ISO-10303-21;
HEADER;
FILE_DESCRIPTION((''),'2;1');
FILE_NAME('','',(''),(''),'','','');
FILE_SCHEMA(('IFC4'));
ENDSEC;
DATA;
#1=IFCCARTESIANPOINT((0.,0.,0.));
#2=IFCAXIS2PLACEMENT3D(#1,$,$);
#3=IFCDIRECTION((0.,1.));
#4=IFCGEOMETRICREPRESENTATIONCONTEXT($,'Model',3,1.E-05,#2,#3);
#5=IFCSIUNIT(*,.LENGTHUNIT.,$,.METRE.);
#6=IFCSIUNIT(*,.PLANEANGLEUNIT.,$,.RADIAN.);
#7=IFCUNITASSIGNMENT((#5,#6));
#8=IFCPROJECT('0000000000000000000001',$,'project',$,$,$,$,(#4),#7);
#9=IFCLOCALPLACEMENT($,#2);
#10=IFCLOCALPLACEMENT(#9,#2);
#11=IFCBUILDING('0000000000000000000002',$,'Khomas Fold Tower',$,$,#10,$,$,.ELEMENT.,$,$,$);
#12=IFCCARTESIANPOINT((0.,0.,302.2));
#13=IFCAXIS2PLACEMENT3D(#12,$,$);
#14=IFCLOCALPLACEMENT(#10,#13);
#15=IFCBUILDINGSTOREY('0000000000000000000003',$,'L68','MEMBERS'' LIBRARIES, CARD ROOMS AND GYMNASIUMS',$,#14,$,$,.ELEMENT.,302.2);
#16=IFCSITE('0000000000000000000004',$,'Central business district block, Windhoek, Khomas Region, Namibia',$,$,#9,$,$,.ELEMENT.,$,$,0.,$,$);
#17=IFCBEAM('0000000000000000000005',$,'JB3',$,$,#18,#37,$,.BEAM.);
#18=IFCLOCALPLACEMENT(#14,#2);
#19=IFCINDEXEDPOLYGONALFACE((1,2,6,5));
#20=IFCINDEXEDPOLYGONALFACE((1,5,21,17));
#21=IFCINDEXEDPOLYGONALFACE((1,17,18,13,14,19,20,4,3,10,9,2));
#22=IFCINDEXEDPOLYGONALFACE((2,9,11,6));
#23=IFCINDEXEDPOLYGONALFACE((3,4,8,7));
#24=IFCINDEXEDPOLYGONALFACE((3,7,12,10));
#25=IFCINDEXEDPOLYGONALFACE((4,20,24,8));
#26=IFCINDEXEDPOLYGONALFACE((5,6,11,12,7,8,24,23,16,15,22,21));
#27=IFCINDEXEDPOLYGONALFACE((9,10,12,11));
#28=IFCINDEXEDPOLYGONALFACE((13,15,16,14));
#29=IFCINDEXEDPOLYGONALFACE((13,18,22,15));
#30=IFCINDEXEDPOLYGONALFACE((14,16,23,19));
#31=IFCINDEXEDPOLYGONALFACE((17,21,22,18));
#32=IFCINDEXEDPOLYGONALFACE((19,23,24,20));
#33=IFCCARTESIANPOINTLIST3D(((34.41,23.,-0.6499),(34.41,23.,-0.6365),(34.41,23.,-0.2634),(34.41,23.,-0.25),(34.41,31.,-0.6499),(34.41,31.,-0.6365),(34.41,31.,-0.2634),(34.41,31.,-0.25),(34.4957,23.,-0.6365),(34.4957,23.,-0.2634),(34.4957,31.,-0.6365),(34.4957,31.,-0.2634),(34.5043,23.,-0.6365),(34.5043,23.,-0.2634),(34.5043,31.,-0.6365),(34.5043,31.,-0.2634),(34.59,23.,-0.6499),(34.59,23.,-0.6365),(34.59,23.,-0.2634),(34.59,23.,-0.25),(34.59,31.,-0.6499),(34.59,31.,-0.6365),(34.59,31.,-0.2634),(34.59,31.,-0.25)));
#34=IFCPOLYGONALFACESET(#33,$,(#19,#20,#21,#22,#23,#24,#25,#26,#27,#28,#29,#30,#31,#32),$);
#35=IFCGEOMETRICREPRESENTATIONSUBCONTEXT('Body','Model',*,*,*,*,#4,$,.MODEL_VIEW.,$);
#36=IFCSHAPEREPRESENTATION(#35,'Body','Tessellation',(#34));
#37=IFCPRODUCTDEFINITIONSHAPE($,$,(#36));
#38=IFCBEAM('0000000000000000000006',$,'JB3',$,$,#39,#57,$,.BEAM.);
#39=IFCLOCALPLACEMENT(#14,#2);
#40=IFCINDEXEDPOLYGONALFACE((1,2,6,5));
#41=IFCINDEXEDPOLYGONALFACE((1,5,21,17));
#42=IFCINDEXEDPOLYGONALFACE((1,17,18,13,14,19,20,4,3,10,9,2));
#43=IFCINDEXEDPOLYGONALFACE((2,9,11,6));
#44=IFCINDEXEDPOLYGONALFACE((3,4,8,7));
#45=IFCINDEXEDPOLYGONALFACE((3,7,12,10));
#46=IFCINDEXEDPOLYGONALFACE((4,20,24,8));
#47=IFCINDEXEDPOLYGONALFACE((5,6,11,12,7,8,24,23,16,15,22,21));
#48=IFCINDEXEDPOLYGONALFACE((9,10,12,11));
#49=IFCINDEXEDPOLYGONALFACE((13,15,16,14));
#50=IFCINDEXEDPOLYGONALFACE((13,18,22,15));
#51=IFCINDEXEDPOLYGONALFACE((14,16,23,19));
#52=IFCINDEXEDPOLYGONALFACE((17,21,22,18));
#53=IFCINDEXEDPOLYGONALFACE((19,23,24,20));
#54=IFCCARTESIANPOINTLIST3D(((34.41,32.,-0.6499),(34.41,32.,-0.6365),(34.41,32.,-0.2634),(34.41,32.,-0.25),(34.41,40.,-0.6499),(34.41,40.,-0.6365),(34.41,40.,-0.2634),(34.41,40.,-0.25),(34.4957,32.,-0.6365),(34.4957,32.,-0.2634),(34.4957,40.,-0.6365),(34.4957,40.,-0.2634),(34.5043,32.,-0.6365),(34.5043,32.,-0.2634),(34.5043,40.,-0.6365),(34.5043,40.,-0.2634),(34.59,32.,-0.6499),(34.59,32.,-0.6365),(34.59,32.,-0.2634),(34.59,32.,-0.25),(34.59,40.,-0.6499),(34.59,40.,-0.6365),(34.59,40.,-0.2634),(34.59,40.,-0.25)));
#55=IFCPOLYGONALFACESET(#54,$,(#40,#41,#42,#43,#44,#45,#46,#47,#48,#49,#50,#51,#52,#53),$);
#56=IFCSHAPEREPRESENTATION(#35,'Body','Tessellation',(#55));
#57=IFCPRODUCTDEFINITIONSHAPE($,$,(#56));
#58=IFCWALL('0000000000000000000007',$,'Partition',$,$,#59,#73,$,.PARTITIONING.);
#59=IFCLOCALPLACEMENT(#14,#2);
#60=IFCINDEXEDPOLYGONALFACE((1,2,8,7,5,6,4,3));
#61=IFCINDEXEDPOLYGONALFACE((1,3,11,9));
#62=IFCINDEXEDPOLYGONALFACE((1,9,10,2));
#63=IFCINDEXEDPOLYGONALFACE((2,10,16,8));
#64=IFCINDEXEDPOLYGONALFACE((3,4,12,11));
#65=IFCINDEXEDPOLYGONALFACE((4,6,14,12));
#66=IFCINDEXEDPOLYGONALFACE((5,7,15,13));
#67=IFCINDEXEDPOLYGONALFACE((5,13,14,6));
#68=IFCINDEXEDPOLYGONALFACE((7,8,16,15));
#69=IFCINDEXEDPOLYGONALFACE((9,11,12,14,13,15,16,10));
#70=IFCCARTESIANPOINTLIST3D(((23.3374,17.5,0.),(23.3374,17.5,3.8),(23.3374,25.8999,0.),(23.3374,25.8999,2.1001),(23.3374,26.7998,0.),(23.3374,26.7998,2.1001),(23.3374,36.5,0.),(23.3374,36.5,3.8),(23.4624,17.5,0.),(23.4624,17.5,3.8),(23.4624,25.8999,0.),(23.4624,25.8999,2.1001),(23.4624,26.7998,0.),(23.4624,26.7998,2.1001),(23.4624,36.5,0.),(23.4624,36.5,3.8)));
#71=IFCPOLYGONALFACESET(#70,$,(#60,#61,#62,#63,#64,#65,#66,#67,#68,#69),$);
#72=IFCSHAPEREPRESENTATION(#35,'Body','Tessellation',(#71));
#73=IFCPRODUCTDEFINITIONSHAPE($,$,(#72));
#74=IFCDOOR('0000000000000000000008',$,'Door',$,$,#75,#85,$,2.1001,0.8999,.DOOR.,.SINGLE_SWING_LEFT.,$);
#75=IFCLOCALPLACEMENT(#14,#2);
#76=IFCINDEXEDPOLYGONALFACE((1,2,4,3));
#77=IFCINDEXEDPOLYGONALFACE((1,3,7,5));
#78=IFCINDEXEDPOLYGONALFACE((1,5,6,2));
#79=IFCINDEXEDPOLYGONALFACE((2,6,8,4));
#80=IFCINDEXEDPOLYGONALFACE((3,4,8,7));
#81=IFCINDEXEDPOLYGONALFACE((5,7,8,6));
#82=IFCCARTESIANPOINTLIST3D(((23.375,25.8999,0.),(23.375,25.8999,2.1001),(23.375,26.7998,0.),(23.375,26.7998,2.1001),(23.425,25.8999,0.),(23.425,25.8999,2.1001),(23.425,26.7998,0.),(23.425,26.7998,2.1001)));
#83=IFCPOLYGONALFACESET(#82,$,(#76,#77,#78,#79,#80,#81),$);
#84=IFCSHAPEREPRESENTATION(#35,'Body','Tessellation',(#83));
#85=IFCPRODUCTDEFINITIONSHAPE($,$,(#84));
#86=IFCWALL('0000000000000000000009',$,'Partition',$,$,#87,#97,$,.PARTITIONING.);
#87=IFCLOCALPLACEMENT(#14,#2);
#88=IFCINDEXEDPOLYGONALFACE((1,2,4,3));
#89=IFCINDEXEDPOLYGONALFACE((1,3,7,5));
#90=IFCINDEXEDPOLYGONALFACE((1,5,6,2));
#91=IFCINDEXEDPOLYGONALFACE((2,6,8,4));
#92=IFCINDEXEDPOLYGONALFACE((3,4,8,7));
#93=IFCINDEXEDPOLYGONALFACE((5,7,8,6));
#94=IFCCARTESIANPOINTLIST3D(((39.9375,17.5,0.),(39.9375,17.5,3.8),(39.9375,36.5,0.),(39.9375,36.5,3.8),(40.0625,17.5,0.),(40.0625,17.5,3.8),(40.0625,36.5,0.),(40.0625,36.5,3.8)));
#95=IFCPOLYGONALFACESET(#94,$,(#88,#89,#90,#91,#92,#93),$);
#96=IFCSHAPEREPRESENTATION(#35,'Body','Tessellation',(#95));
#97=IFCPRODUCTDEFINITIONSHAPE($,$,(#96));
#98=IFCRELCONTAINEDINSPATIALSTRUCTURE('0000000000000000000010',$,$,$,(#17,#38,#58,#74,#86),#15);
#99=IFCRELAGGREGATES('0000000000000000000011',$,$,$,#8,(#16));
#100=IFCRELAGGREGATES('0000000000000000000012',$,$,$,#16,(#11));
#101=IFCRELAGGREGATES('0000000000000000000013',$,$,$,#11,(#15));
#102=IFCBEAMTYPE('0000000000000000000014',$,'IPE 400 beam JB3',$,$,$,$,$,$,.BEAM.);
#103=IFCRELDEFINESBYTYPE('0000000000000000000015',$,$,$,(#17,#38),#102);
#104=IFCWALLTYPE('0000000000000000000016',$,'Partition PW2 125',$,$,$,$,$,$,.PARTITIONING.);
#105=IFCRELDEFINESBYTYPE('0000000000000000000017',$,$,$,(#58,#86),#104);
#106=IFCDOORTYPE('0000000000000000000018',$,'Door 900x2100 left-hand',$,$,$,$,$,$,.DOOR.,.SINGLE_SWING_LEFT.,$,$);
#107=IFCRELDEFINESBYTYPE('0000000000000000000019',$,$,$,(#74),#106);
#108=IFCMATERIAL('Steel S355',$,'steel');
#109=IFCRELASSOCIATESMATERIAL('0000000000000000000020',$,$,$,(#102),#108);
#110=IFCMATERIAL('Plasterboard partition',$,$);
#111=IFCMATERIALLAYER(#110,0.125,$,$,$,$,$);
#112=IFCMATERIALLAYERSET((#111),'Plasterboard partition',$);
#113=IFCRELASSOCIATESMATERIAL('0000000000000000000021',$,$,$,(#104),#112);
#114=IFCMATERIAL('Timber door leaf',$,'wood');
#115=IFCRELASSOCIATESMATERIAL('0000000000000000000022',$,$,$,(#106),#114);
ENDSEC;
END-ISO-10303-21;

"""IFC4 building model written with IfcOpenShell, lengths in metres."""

from ifc_helpers import new_model, si_unit, direction, frame, frame_2d, origin, origin_2d, place, context, subcontext, project, spatial, rectangle, i_section, extrude, source, transform, mapped, material, layer, layer_set, material_profile, profile_set, type_object, element, fill, save


model = new_model("IFC4")

# Units and contexts
model_context = context("Model", 3, precision=1e-05, world=origin(), true_north=direction((0.0, 1.0)))
body_context = subcontext(model_context, "Body", "Model", "MODEL_VIEW")
ifc_project = project(units=[si_unit("LENGTHUNIT", "METRE"), si_unit("PLANEANGLEUNIT", "RADIAN")], contexts=[model_context])

# Site, building, storey
site_placement = place(None, origin())
site = spatial("IfcSite", under=ifc_project, at=site_placement, Name="Central business district block, Windhoek, Khomas Region, Namibia", CompositionType="ELEMENT", RefElevation=0.0)
building_placement = place(site_placement, origin())
building = spatial("IfcBuilding", under=site, at=building_placement, Name="Khomas Fold Tower", CompositionType="ELEMENT")
storey_placement = place(building_placement, frame((0.0, 0.0, 302.2)))
storey = spatial("IfcBuildingStorey", under=building, at=storey_placement, Name="L68", Description="MEMBERS' LIBRARIES, CARD ROOMS AND GYMNASIUMS", CompositionType="ELEMENT", Elevation=302.2)

# Beams
ifc_material_1 = material(Name="Steel S355", Category="steel")
ifc_material_profile_1 = material_profile(ifc_material_1, i_section(OverallWidth=0.1799, OverallDepth=0.3999, WebThickness=0.0085, FlangeThickness=0.0134, at=origin_2d()), Name="IPE 400")
ifc_profile_set_1 = profile_set([ifc_material_profile_1], Name="Steel S355")
beam_type_1 = type_object("IfcBeamType", Name="IPE 400 beam JB3", PredefinedType="BEAM", material=ifc_profile_set_1)
shared_shape_1 = source(origin(), body_context, "Body", "SweptSolid", [
    extrude(i_section(OverallWidth=0.1799, OverallDepth=0.3999, WebThickness=0.0085, FlangeThickness=0.0134, at=origin_2d()), origin(), (0.0, 0.0, 1.0), 8.0),
])
for number, where, z_axis, x_axis, name in (
    (1, (34.5, 23.0, -0.45), (0.0, 1.0, 0.0), (-1.0, 0.0, 0.0), "JB3"),
    (2, (34.5, 32.0, -0.45), (0.0, 1.0, 0.0), (-1.0, 0.0, 0.0), "JB3"),
):
    element("IfcBeam", number, at=place(storey_placement, frame(where, z_axis=z_axis, x_axis=x_axis)), inside=storey, type_object=beam_type_1, Name=name, PredefinedType="BEAM", context=body_context, shape_type="MappedRepresentation", body=[
        mapped(shared_shape_1, transform((0.0, 0.0, 0.0))),
    ])

# Wall, opening, door
ifc_material_2 = material(Name="Plasterboard partition")
ifc_layer_1 = layer(ifc_material_2, 0.125)
ifc_layer_set_1 = layer_set([ifc_layer_1], Name="Plasterboard partition")
wall_type_1 = type_object("IfcWallType", Name="Partition PW2 125", PredefinedType="PARTITIONING", material=ifc_layer_set_1)
shared_shape_2 = source(origin(), body_context, "Body", "SweptSolid", [
    extrude(rectangle(XDim=19.0, YDim=0.125, at=frame_2d((9.5, 0.0))), origin(), (0.0, 0.0, 1.0), 3.8),
])
wall_1_placement = place(storey_placement, frame((23.3999, 17.5, 0.0), z_axis=(0.0, 0.0, 1.0), x_axis=(0.0, 1.0, 0.0)))
wall_1 = element("IfcWall", 3, at=wall_1_placement, inside=storey, type_object=wall_type_1, Name="Partition", PredefinedType="PARTITIONING", context=body_context, shape_type="MappedRepresentation", body=[
    mapped(shared_shape_2, transform((0.0, 0.0, 0.0))),
])
shared_shape_3 = source(origin(), body_context, "Body", "SweptSolid", [
    extrude(rectangle(XDim=0.8999, YDim=2.1001, at=frame_2d((0.45, 1.05))), frame((0.0, 0.0725, 0.0), z_axis=(0.0, -1.0, 0.0), x_axis=(1.0, 0.0, 0.0)), (0.0, 0.0, 1.0), 0.145),
])
opening_1_placement = place(wall_1_placement, frame((8.3999, 0.0, 0.0)))
opening_1 = element("IfcOpeningElement", 4, at=opening_1_placement, cuts=wall_1, PredefinedType="OPENING", context=body_context, shape_type="MappedRepresentation", body=[
    mapped(shared_shape_3, transform((0.0, 0.0, 0.0))),
])
ifc_material_3 = material(Name="Timber door leaf", Category="wood")
door_type_1 = type_object("IfcDoorType", Name="Door 900x2100 left-hand", OperationType="SINGLE_SWING_LEFT", PredefinedType="DOOR", material=ifc_material_3)
shared_shape_4 = source(origin(), body_context, "Body", "SweptSolid", [
    extrude(rectangle(XDim=0.8999, YDim=2.1001, at=frame_2d((0.45, 1.05))), frame((0.0, 0.0249, 0.0), z_axis=(0.0, -1.0, 0.0), x_axis=(1.0, 0.0, 0.0)), (0.0, 0.0, 1.0), 0.05),
])
door_1_placement = place(opening_1_placement, origin())
door_1 = element("IfcDoor", 5, at=door_1_placement, inside=storey, type_object=door_type_1, Name="Door", OperationType="SINGLE_SWING_LEFT", OverallHeight=2.1001, OverallWidth=0.8999, PredefinedType="DOOR", context=body_context, shape_type="MappedRepresentation", body=[
    mapped(shared_shape_4, transform((0.0, 0.0, 0.0))),
])
fill(opening_1, door_1)

# Wall
wall_2_placement = place(storey_placement, frame((40.0, 17.5, 0.0), z_axis=(0.0, 0.0, 1.0), x_axis=(0.0, 1.0, 0.0)))
element("IfcWall", 6, at=wall_2_placement, inside=storey, type_object=wall_type_1, Name="Partition", PredefinedType="PARTITIONING", context=body_context, shape_type="MappedRepresentation", body=[
    mapped(shared_shape_2, transform((0.0, 0.0, 0.0))),
])

save(model, "model.ifc")
